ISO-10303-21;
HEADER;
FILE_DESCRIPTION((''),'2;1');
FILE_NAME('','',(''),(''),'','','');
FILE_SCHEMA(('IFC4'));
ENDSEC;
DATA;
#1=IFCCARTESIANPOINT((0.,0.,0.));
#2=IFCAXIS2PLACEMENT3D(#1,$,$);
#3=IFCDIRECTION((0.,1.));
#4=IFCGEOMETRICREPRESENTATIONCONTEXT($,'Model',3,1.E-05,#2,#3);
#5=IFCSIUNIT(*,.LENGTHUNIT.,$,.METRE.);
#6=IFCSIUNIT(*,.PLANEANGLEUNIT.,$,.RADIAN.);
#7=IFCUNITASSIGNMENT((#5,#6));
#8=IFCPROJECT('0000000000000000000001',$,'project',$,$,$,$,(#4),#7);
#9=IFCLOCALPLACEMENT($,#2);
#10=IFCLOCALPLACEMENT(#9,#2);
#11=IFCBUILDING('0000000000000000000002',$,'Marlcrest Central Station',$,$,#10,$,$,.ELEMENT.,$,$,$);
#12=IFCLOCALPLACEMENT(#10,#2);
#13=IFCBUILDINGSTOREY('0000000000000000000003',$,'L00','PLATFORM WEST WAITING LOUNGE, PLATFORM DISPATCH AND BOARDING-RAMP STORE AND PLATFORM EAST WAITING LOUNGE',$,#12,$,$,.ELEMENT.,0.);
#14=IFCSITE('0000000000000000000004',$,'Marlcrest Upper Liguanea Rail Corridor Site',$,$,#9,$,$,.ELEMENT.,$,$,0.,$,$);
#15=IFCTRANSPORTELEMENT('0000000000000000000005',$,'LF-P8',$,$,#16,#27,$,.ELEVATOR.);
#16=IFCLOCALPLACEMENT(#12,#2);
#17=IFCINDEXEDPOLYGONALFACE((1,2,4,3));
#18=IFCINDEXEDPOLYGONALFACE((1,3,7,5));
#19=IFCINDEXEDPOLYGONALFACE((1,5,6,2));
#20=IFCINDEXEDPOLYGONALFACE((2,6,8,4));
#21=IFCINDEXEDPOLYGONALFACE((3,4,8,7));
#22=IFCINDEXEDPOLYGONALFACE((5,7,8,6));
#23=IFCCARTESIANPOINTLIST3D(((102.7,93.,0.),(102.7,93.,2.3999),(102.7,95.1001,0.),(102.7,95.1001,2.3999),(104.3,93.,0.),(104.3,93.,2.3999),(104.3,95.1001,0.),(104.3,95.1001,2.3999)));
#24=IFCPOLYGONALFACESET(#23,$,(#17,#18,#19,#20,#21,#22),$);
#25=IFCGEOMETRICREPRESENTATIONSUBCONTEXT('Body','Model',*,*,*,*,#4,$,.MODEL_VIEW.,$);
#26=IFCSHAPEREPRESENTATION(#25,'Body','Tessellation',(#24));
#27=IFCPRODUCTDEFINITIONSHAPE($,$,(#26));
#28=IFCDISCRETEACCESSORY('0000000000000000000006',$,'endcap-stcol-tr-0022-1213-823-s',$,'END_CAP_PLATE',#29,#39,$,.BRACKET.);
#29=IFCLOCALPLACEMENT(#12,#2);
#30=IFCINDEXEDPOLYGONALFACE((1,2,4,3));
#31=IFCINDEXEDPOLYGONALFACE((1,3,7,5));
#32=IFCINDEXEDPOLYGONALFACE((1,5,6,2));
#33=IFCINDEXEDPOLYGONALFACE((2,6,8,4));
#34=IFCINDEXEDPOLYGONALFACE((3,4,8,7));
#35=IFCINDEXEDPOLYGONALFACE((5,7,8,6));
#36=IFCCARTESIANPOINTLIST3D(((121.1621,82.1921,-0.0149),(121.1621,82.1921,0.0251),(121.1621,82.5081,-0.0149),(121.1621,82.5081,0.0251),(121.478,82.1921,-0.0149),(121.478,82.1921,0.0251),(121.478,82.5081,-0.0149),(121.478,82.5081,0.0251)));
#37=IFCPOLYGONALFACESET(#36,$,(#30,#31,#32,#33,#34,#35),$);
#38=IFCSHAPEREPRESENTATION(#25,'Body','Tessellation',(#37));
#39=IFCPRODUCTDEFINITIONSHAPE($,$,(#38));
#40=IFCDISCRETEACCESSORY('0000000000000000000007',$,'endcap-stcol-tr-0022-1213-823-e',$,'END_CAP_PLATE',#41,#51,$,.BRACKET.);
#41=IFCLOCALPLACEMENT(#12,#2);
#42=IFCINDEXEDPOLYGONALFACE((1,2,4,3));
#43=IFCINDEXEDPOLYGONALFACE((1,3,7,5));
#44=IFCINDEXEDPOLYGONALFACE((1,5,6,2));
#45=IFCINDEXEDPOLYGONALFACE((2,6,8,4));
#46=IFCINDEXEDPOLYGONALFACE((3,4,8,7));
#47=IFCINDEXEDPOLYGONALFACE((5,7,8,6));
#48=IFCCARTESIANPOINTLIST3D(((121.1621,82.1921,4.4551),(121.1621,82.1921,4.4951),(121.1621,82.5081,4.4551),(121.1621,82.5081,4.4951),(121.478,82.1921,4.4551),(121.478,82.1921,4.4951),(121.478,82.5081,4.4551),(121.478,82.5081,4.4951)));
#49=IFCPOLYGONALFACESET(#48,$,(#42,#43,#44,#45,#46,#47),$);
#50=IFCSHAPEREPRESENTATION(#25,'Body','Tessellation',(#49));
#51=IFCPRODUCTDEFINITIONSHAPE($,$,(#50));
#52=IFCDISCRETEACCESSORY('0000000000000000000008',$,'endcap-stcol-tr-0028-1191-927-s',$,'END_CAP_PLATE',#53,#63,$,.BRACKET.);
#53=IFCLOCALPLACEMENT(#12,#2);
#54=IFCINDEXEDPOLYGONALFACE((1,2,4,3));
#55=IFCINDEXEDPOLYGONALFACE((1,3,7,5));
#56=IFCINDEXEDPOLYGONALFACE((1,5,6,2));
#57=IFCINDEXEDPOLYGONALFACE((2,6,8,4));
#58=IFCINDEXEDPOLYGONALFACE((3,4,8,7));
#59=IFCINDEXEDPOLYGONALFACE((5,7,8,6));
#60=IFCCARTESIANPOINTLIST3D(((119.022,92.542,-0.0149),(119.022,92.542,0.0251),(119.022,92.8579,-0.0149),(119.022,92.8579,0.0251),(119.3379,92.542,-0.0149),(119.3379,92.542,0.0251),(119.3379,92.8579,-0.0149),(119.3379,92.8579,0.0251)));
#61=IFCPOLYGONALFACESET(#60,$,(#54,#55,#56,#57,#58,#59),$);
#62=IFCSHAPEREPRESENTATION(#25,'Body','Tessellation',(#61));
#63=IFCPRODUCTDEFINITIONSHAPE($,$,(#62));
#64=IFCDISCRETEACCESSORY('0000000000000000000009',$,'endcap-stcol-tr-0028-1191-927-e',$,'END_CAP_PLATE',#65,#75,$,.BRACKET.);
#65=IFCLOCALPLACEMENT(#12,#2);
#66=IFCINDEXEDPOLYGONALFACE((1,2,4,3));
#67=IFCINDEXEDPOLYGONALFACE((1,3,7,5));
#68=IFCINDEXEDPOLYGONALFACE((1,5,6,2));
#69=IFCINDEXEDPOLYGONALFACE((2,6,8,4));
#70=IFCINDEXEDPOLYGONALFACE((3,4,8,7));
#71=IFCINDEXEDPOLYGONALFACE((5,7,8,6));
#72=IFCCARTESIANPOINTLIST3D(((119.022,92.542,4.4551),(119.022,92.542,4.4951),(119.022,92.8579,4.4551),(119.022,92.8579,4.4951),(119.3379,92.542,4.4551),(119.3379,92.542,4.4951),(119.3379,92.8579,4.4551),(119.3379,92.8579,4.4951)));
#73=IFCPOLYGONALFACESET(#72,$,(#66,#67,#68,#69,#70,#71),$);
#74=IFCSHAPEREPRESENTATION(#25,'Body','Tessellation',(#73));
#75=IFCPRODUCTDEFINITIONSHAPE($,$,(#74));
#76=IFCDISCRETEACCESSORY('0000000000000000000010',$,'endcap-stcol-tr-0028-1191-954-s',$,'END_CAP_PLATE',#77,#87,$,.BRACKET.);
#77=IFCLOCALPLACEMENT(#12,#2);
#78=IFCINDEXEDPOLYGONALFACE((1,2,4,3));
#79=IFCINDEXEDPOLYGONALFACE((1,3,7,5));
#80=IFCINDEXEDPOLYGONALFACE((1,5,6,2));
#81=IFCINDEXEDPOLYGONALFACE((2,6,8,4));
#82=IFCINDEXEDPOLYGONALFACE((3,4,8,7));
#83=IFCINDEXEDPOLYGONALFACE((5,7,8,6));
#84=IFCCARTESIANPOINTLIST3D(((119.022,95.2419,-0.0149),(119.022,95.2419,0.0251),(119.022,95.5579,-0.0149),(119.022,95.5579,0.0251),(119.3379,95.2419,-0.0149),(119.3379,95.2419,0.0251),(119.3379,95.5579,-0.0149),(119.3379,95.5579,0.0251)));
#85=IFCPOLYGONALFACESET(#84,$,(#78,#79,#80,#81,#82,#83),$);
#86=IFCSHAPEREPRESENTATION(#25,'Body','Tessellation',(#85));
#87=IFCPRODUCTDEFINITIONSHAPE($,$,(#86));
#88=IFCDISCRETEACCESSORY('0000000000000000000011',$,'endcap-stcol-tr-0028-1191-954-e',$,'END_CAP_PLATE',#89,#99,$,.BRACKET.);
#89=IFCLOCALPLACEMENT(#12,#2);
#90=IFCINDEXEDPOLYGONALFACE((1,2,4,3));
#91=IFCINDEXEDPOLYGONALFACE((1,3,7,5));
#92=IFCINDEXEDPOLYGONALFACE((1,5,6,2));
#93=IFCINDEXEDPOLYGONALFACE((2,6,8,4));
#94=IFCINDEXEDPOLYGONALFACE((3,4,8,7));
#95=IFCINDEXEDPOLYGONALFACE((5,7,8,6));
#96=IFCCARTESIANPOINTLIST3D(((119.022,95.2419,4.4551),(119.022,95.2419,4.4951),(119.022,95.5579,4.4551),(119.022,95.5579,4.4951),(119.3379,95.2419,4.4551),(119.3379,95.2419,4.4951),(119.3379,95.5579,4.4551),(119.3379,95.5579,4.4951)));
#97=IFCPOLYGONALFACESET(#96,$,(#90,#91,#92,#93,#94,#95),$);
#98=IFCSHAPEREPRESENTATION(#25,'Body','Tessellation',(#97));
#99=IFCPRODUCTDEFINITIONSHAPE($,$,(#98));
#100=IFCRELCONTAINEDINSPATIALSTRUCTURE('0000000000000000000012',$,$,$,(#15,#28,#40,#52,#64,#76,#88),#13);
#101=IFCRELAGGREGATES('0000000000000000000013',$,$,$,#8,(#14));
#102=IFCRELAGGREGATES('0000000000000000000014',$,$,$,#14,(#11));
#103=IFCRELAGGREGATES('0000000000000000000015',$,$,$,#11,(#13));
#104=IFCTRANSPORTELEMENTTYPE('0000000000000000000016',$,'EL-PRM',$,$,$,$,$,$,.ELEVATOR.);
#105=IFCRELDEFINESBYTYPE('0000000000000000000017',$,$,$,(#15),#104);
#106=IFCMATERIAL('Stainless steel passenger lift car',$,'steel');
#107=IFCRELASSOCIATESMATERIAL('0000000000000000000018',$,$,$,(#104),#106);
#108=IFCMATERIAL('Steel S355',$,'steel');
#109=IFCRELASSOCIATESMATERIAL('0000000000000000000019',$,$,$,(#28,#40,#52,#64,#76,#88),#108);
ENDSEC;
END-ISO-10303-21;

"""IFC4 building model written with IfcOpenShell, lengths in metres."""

from ifc_helpers import new_model, si_unit, direction, frame, origin, origin_2d, place, context, subcontext, project, spatial, rectangle, extrude, material, type_object, element, save


model = new_model("IFC4")

# Units and contexts
model_context = context("Model", 3, precision=1e-05, world=origin(), true_north=direction((0.0, 1.0)))
body_context = subcontext(model_context, "Body", "Model", "MODEL_VIEW")
ifc_project = project(units=[si_unit("LENGTHUNIT", "METRE"), si_unit("PLANEANGLEUNIT", "RADIAN")], contexts=[model_context])

# Site, building, storey
site_placement = place(None, origin())
site = spatial("IfcSite", under=ifc_project, at=site_placement, Name="Marlcrest Upper Liguanea Rail Corridor Site", CompositionType="ELEMENT", RefElevation=0.0)
building_placement = place(site_placement, origin())
building = spatial("IfcBuilding", under=site, at=building_placement, Name="Marlcrest Central Station", CompositionType="ELEMENT")
storey_placement = place(building_placement, origin())
storey = spatial("IfcBuildingStorey", under=building, at=storey_placement, Name="L00", Description="PLATFORM WEST WAITING LOUNGE, PLATFORM DISPATCH AND BOARDING-RAMP STORE AND PLATFORM EAST WAITING LOUNGE", CompositionType="ELEMENT", Elevation=0.0)

# Shared definitions
ifc_material_1 = material(Name="Steel S355", Category="steel")

# Transport element
ifc_material_2 = material(Name="Stainless steel passenger lift car", Category="steel")
transport_element_type = type_object("IfcTransportElementType", Name="EL-PRM", PredefinedType="ELEVATOR", material=ifc_material_2)
transport_element_placement = place(storey_placement, frame((103.5, 94.05, 0.0), z_axis=(0.0, 0.0, 1.0), x_axis=(1.0, 0.0, 0.0)))
element("IfcTransportElement", 1, at=transport_element_placement, inside=storey, type_object=transport_element_type, Name="LF-P8", PredefinedType="ELEVATOR", context=body_context, shape_type="SweptSolid", body=[
    extrude(rectangle(XDim=1.6001, YDim=2.1001, at=origin_2d()), origin(), (0.0, 0.0, 1.0), 2.3999),
])

# Discrete accessories
for number, where, z_axis, x_axis, name in (
    (2, (121.3201, 82.3501, -0.0149), (0.0, 0.0, 1.0), (1.0, 0.0, 0.0), "endcap-stcol-tr-0022-1213-823-s"),
    (3, (121.3201, 82.3501, 4.4551), (0.0, 0.0, 1.0), (1.0, 0.0, 0.0), "endcap-stcol-tr-0022-1213-823-e"),
    (4, (119.1799, 92.7, -0.0149), (0.0, 0.0, 1.0), (1.0, 0.0, 0.0), "endcap-stcol-tr-0028-1191-927-s"),
    (5, (119.1799, 92.7, 4.4551), (0.0, 0.0, 1.0), (1.0, 0.0, 0.0), "endcap-stcol-tr-0028-1191-927-e"),
    (6, (119.1799, 95.3999, -0.0149), (0.0, 0.0, 1.0), (1.0, 0.0, 0.0), "endcap-stcol-tr-0028-1191-954-s"),
    (7, (119.1799, 95.3999, 4.4551), (0.0, 0.0, 1.0), (1.0, 0.0, 0.0), "endcap-stcol-tr-0028-1191-954-e"),
):
    element("IfcDiscreteAccessory", number, at=place(storey_placement, frame(where, z_axis=z_axis, x_axis=x_axis)), inside=storey, material=ifc_material_1, Name=name, ObjectType="END_CAP_PLATE", PredefinedType="BRACKET", context=body_context, shape_type="SweptSolid", body=[
        extrude(rectangle(XDim=0.3159, YDim=0.3159, at=origin_2d()), origin(), (0.0, 0.0, 1.0), 0.04),
    ])

save(model, "model.ifc")
